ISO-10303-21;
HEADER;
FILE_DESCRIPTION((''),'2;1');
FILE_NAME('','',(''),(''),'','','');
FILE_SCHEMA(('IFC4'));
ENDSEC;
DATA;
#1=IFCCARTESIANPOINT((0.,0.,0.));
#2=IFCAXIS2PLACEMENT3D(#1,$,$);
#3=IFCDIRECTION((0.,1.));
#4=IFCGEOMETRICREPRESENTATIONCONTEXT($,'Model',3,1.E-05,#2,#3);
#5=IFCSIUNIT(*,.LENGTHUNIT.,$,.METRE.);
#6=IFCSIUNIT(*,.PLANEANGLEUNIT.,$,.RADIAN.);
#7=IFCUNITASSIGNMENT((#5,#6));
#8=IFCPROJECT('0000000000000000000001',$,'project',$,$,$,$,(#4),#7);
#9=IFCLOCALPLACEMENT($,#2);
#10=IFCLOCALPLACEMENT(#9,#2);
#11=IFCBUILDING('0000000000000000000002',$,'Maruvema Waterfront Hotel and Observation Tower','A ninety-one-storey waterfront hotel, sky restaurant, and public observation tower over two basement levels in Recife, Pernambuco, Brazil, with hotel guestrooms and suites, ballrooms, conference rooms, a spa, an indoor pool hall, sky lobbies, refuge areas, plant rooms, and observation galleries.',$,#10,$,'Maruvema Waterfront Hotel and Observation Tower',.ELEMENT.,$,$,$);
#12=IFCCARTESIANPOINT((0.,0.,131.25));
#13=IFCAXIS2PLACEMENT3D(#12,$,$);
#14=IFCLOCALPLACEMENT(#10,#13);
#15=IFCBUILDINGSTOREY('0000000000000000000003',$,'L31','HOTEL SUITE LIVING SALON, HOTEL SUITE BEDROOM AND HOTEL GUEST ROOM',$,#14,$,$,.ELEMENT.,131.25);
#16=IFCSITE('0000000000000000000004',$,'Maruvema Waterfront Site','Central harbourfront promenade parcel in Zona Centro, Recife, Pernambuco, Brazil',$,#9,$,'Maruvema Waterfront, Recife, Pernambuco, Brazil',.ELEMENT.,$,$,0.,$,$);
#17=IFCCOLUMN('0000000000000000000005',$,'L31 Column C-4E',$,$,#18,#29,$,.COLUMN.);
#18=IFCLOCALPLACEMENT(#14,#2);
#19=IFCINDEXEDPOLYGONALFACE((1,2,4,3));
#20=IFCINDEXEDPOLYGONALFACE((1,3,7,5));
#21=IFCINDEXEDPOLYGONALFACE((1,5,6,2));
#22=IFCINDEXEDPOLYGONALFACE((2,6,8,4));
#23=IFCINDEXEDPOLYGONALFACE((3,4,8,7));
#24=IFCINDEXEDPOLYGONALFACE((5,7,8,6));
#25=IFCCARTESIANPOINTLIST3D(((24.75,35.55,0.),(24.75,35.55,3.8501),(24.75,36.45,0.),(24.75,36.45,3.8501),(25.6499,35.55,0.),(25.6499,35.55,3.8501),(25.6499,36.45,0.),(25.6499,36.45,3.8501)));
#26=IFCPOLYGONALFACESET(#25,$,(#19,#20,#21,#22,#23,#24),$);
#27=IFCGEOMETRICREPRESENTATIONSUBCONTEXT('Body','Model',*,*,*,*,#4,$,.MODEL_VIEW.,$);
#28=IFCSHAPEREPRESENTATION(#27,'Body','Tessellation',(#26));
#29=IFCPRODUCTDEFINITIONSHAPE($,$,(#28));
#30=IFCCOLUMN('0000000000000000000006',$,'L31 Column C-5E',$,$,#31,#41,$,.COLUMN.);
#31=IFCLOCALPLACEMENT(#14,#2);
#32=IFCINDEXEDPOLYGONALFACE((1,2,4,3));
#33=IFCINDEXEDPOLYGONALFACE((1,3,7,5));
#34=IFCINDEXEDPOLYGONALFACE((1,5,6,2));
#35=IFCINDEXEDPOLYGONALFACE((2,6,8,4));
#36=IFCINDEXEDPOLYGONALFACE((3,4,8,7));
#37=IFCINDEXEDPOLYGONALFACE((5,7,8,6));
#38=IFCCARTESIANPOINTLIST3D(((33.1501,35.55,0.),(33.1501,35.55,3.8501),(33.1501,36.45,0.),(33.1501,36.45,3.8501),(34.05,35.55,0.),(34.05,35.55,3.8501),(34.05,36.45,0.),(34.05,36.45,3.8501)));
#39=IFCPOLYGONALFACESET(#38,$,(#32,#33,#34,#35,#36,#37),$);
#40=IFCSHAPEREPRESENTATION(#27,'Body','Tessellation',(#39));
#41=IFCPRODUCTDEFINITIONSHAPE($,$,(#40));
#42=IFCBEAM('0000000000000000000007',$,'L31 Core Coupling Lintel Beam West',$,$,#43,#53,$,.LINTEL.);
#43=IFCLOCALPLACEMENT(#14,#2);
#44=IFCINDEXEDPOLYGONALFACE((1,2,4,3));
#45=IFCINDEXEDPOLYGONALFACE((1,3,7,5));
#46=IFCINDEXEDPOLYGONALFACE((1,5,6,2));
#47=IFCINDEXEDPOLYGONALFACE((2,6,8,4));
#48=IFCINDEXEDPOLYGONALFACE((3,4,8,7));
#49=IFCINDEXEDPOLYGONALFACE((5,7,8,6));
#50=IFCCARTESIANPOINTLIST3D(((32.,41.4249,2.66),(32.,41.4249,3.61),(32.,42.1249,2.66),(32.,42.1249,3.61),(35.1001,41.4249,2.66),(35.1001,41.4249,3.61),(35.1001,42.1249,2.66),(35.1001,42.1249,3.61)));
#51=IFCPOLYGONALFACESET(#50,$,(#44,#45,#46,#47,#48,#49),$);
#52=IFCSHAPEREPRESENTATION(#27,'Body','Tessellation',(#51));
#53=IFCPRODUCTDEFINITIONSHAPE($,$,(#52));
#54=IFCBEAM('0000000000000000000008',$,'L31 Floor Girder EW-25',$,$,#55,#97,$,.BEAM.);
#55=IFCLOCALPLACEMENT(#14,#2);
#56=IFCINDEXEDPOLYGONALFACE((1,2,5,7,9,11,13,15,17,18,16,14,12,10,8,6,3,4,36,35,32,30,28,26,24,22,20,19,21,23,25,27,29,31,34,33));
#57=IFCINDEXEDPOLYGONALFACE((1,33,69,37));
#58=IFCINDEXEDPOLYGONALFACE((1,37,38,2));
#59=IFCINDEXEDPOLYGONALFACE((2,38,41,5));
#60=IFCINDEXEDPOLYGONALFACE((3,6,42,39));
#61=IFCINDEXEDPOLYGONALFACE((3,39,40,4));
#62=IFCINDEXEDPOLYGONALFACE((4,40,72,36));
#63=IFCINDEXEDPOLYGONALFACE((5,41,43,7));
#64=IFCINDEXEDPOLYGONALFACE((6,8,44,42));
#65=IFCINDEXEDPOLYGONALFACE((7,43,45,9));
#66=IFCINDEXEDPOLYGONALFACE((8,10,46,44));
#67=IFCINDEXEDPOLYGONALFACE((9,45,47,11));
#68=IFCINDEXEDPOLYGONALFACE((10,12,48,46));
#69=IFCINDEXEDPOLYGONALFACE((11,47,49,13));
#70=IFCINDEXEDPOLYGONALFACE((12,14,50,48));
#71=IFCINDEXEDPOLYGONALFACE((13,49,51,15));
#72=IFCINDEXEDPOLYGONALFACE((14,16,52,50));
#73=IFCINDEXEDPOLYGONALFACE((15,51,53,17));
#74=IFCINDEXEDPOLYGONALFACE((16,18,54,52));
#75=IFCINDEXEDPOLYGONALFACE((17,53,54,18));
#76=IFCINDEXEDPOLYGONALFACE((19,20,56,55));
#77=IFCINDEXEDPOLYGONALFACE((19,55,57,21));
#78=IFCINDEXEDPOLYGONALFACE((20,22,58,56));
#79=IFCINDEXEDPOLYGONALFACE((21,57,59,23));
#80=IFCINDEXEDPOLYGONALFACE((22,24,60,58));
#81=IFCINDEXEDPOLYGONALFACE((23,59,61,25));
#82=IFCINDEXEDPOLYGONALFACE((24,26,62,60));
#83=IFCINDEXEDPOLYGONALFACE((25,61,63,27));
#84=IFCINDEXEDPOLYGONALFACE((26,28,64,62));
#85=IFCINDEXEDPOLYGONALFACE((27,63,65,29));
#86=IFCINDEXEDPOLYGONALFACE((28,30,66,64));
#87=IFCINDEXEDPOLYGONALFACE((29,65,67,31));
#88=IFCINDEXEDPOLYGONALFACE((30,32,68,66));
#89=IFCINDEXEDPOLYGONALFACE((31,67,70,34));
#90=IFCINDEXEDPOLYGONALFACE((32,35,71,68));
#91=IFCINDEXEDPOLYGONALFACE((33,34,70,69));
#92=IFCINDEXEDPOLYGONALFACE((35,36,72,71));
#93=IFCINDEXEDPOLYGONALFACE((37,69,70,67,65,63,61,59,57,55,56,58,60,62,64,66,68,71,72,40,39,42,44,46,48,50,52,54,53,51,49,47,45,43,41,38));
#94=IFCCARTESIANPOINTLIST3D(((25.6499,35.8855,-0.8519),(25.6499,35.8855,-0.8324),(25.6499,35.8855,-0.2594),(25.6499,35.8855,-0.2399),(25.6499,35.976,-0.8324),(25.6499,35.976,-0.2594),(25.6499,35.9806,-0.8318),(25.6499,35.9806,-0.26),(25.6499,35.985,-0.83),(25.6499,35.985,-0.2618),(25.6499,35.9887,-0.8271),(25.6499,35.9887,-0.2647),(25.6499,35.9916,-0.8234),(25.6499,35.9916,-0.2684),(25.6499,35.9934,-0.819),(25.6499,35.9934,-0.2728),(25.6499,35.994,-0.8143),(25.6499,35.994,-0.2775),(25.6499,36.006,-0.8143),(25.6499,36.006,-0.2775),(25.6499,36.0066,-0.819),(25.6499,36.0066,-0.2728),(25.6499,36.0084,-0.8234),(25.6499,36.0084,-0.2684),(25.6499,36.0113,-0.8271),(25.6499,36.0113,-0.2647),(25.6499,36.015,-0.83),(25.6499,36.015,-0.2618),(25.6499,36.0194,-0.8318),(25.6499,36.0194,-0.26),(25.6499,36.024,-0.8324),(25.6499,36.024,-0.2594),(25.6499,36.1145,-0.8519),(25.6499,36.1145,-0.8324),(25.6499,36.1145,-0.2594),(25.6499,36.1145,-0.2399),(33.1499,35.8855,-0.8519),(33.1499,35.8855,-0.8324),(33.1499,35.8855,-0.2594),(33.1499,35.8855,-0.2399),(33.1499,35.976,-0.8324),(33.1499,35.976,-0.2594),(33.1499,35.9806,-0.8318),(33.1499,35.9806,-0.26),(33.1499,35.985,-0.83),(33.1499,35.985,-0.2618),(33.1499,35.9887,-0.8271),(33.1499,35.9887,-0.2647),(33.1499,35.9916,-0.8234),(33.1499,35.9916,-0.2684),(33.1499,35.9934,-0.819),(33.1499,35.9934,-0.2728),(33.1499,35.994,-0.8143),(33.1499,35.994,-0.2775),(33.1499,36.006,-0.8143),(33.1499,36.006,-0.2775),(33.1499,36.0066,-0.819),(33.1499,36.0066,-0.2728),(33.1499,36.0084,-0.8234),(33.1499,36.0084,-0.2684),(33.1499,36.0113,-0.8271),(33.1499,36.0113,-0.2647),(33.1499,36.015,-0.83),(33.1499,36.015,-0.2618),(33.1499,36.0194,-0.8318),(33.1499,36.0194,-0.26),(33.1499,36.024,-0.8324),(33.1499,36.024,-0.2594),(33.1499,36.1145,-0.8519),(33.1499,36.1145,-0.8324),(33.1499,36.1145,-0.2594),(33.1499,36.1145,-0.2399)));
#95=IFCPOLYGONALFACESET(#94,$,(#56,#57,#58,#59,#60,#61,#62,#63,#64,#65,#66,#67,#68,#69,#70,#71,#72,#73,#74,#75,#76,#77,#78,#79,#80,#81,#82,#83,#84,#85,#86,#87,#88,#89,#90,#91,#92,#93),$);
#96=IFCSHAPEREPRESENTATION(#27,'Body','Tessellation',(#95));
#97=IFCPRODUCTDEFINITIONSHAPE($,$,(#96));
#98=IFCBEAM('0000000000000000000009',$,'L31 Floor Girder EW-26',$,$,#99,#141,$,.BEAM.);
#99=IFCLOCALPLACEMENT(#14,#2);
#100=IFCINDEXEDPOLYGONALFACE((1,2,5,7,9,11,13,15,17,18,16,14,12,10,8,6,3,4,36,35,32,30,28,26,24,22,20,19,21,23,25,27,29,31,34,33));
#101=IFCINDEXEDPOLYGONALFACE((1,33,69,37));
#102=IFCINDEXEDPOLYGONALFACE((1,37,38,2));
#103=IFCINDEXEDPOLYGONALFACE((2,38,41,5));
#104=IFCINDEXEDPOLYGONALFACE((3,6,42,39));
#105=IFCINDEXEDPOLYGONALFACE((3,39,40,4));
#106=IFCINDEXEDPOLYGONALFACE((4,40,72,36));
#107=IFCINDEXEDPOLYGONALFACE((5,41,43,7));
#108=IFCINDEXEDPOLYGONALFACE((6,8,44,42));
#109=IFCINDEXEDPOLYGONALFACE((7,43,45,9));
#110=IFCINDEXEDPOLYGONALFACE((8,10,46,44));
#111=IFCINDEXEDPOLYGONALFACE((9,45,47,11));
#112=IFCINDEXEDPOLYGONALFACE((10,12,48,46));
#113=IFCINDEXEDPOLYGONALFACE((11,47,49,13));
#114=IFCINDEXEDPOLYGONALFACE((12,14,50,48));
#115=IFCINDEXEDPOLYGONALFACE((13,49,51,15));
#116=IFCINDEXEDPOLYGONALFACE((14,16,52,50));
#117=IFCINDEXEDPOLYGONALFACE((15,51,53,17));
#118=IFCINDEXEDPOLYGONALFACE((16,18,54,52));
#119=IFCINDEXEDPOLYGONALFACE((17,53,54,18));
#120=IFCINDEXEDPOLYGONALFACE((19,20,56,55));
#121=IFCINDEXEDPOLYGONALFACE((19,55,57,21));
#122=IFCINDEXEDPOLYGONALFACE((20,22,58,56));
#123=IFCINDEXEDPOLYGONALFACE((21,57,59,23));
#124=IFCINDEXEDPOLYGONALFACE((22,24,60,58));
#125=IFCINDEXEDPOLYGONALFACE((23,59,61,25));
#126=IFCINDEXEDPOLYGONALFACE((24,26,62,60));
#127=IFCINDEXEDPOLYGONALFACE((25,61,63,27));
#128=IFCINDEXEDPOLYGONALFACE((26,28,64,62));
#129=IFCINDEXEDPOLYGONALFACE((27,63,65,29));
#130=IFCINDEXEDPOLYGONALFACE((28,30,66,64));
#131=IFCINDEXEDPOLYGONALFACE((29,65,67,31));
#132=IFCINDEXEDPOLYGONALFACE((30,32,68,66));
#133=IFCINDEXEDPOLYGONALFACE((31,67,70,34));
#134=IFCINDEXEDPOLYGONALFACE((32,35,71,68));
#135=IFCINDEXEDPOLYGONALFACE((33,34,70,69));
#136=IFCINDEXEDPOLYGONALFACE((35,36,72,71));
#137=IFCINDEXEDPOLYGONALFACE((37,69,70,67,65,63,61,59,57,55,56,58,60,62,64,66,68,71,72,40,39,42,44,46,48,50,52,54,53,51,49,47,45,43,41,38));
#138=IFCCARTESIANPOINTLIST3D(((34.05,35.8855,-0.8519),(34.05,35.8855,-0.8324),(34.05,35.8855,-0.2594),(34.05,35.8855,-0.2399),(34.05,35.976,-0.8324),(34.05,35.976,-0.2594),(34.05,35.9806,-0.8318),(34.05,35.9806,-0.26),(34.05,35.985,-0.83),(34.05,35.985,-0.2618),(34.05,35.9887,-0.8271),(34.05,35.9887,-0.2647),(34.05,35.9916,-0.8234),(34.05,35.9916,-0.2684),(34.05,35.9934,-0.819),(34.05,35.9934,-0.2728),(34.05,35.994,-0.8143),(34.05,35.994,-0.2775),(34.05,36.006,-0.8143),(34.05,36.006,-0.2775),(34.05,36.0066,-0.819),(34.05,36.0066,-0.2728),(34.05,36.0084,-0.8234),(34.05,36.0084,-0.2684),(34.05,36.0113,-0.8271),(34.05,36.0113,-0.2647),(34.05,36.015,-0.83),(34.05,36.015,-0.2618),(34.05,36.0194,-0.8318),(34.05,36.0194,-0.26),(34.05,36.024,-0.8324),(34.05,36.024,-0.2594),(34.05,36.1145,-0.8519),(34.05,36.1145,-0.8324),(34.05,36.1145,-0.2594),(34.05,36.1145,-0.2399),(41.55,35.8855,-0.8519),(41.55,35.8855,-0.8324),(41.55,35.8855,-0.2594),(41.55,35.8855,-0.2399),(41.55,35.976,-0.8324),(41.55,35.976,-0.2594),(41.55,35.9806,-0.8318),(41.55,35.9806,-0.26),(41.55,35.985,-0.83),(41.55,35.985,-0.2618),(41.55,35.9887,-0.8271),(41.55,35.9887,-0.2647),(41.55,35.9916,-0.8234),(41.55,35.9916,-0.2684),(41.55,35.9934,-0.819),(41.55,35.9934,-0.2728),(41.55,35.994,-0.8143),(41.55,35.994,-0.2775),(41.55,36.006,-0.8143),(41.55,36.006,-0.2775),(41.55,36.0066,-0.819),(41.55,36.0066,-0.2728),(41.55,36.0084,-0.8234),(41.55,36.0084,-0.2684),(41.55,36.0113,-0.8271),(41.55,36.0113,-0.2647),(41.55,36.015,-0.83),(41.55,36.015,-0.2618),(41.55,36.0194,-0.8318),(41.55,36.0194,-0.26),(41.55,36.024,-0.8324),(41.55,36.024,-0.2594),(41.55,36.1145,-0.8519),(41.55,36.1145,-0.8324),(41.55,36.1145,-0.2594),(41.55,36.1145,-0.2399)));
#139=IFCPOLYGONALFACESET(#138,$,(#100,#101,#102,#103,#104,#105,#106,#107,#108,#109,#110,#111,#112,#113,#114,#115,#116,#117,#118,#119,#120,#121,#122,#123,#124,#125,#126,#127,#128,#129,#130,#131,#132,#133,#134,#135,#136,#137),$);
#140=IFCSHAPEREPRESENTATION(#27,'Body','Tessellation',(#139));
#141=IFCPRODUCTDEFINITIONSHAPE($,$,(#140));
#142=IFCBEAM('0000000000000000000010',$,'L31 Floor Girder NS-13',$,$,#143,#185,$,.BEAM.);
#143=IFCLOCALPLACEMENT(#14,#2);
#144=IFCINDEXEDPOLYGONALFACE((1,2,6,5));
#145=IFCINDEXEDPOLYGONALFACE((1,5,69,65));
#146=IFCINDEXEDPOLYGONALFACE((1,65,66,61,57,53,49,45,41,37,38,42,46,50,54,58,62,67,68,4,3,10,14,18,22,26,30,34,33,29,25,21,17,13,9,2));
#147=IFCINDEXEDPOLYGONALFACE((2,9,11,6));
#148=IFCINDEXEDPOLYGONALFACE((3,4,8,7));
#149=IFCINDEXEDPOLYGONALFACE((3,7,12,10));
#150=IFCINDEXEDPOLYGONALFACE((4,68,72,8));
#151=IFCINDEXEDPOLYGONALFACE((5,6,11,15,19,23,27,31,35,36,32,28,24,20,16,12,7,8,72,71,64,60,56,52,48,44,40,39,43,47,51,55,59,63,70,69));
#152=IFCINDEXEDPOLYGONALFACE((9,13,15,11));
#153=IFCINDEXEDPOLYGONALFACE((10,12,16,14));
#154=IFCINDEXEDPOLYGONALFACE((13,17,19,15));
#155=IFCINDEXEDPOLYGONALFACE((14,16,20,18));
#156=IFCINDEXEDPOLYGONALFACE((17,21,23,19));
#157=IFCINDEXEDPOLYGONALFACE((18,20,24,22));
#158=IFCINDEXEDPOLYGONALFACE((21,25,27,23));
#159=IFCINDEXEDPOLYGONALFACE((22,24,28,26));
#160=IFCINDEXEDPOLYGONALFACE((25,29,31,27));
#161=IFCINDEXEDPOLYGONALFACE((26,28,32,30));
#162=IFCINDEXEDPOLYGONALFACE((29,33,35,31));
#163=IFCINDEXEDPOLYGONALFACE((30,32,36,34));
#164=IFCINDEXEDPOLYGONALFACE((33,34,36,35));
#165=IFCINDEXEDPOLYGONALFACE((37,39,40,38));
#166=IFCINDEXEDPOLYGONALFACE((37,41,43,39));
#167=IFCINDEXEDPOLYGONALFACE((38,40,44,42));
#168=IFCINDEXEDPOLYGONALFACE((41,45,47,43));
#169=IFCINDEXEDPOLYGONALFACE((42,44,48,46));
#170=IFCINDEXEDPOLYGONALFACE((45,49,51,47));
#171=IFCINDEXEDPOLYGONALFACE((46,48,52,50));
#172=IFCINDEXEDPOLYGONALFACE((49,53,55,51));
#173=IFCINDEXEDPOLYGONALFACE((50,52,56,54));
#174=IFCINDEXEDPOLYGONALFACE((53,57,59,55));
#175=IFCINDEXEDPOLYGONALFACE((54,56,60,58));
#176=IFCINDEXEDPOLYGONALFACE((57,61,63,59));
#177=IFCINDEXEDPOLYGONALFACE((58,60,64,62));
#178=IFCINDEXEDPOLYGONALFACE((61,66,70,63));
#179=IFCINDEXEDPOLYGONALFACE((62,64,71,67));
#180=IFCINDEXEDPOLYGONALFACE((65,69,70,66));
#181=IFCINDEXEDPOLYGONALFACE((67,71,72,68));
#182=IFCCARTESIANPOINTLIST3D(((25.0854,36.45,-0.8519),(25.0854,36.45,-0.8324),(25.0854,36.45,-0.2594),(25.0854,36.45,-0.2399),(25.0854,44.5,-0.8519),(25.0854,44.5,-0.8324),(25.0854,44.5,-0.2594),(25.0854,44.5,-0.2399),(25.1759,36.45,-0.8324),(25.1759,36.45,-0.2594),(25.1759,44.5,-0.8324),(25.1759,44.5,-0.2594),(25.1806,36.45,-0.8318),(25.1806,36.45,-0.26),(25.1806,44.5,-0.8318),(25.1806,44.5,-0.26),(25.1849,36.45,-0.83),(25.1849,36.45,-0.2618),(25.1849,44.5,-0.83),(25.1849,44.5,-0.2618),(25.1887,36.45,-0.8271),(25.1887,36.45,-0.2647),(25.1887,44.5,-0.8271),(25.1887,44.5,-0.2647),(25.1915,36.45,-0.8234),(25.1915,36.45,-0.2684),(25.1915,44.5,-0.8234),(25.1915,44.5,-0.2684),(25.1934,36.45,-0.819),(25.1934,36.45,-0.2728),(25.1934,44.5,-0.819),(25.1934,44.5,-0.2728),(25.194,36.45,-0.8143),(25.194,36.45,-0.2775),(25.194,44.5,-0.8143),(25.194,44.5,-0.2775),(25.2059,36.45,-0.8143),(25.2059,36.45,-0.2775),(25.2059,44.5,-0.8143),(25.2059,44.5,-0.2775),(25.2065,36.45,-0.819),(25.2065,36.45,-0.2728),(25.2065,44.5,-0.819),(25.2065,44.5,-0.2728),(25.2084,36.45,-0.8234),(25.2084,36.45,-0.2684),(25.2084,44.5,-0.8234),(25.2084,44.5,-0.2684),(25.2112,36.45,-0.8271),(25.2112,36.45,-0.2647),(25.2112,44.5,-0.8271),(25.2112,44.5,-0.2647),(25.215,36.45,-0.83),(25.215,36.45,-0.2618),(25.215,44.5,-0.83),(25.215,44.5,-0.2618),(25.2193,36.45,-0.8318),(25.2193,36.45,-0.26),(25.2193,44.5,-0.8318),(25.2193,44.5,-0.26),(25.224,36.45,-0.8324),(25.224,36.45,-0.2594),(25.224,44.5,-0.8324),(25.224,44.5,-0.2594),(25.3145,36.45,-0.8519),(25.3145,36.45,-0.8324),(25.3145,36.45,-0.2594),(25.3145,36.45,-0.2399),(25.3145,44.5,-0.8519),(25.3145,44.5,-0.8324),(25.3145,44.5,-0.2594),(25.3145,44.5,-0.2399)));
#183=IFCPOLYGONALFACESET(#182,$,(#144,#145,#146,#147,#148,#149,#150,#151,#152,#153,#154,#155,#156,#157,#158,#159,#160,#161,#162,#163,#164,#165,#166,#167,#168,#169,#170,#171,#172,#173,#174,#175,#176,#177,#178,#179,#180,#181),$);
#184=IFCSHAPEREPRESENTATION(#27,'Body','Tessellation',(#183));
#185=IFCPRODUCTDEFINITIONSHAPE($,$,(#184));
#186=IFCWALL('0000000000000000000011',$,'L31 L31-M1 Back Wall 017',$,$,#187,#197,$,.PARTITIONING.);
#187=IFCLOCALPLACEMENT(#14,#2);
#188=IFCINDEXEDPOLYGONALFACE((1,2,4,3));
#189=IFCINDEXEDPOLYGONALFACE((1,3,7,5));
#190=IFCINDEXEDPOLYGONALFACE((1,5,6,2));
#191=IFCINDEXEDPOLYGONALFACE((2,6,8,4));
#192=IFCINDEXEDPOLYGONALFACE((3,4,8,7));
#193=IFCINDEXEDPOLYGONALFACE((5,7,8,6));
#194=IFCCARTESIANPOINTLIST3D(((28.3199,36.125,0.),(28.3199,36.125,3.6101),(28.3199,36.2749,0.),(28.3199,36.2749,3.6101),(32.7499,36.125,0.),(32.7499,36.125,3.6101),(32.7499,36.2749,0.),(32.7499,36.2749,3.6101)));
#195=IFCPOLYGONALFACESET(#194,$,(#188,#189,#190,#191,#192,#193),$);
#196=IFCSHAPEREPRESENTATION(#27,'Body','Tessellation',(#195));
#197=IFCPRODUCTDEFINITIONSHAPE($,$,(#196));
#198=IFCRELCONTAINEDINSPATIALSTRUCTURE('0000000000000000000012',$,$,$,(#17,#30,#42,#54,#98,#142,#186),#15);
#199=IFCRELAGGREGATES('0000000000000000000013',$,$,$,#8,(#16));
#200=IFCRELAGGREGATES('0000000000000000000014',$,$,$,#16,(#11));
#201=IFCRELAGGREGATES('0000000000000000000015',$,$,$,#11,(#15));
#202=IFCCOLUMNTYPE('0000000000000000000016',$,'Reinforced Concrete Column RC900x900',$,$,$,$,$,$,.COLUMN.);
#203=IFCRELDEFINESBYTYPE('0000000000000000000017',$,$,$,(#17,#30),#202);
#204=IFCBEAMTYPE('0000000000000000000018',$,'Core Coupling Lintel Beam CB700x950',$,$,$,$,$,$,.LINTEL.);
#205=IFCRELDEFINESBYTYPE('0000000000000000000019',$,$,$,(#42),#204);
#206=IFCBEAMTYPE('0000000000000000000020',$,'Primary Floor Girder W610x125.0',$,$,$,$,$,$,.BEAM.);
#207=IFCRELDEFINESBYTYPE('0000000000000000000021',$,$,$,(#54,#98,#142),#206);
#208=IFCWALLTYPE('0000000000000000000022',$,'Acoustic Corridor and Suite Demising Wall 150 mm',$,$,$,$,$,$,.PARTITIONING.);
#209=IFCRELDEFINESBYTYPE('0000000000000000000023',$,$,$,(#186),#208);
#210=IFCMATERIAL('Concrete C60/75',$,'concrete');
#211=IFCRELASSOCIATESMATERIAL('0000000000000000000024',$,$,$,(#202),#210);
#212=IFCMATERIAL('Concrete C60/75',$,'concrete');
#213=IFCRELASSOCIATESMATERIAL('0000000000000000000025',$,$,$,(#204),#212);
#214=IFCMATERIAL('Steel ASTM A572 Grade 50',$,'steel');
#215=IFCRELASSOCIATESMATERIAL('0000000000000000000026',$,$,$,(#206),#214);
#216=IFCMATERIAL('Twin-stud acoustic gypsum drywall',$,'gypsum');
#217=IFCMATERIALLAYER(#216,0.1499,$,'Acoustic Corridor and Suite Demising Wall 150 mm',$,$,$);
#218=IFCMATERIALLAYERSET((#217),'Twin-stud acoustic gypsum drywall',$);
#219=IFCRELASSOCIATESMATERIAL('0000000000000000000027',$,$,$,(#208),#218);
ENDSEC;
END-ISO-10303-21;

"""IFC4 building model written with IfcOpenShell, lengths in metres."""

from ifc_helpers import new_model, si_unit, direction, frame, frame_2d, origin, origin_2d, place, context, subcontext, project, spatial, rectangle, i_section, extrude, material, layer, layer_set, material_profile, profile_set, type_object, element, save


model = new_model("IFC4")

# Units and contexts
model_context = context("Model", 3, precision=1e-05, world=origin(), true_north=direction((0.0, 1.0)))
body_context = subcontext(model_context, "Body", "Model", "MODEL_VIEW")
ifc_project = project(units=[si_unit("LENGTHUNIT", "METRE"), si_unit("PLANEANGLEUNIT", "RADIAN")], contexts=[model_context])

# Site, building, storey
site_placement = place(None, origin())
site = spatial("IfcSite", under=ifc_project, at=site_placement, Name="Maruvema Waterfront Site", Description="Central harbourfront promenade parcel in Zona Centro, Recife, Pernambuco, Brazil", LongName="Maruvema Waterfront, Recife, Pernambuco, Brazil", CompositionType="ELEMENT", RefElevation=0.0)
building_placement = place(site_placement, origin())
building = spatial("IfcBuilding", under=site, at=building_placement, Name="Maruvema Waterfront Hotel and Observation Tower", Description="A ninety-one-storey waterfront hotel, sky restaurant, and public observation tower over two basement levels in Recife, Pernambuco, Brazil, with hotel guestrooms and suites, ballrooms, conference rooms, a spa, an indoor pool hall, sky lobbies, refuge areas, plant rooms, and observation galleries.", LongName="Maruvema Waterfront Hotel and Observation Tower", CompositionType="ELEMENT")
storey_placement = place(building_placement, frame((0.0, 0.0, 131.25)))
storey = spatial("IfcBuildingStorey", under=building, at=storey_placement, Name="L31", Description="HOTEL SUITE LIVING SALON, HOTEL SUITE BEDROOM AND HOTEL GUEST ROOM", CompositionType="ELEMENT", Elevation=131.25)

# Columns
ifc_material_1 = material(Name="Concrete C60/75", Category="concrete")
ifc_material_profile_1 = material_profile(ifc_material_1, rectangle(XDim=0.8999, YDim=0.8999, at=origin_2d()), Name="RC900x900")
ifc_profile_set_1 = profile_set([ifc_material_profile_1], Name="Concrete C60/75")
column_type = type_object("IfcColumnType", Name="Reinforced Concrete Column RC900x900", PredefinedType="COLUMN", material=ifc_profile_set_1)
for number, where, z_axis, x_axis, name in (
    (1, (25.2, 36.0, 0.0), (0.0, 0.0, 1.0), (1.0, 0.0, 0.0), "L31 Column C-4E"),
    (2, (33.6001, 36.0, 0.0), (0.0, 0.0, 1.0), (1.0, 0.0, 0.0), "L31 Column C-5E"),
):
    element("IfcColumn", number, at=place(storey_placement, frame(where, z_axis=z_axis, x_axis=x_axis)), inside=storey, type_object=column_type, Name=name, PredefinedType="COLUMN", context=body_context, shape_type="SweptSolid", body=[
        extrude(rectangle(XDim=0.8999, YDim=0.8999, at=origin_2d()), origin(), (0.0, 0.0, 1.0), 3.8501),
    ])

# Beams
ifc_material_2 = material(Name="Concrete C60/75", Category="concrete")
ifc_material_profile_2 = material_profile(ifc_material_2, rectangle(XDim=0.7, YDim=0.95, at=origin_2d()), Name="CB700x950")
ifc_profile_set_2 = profile_set([ifc_material_profile_2], Name="Concrete C60/75")
beam_type_1 = type_object("IfcBeamType", Name="Core Coupling Lintel Beam CB700x950", PredefinedType="LINTEL", material=ifc_profile_set_2)
beam_1_placement = place(storey_placement, frame((32.0, 41.7749, 3.135), z_axis=(1.0, 0.0, 0.0), x_axis=(0.0, 1.0, 0.0)))
element("IfcBeam", 3, at=beam_1_placement, inside=storey, type_object=beam_type_1, Name="L31 Core Coupling Lintel Beam West", PredefinedType="LINTEL", context=body_context, shape_type="SweptSolid", body=[
    extrude(rectangle(XDim=0.7, YDim=0.95, at=origin_2d()), origin(), (0.0, 0.0, 1.0), 3.1001),
])
ifc_material_3 = material(Name="Steel ASTM A572 Grade 50", Category="steel")
ifc_material_profile_3 = material_profile(ifc_material_3, i_section(OverallWidth=0.229, OverallDepth=0.6121, WebThickness=0.012, FlangeThickness=0.0195, FilletRadius=0.0181, at=origin_2d()), Name="W610x125.0")
ifc_profile_set_3 = profile_set([ifc_material_profile_3], Name="Steel ASTM A572 Grade 50")
beam_type_2 = type_object("IfcBeamType", Name="Primary Floor Girder W610x125.0", PredefinedType="BEAM", material=ifc_profile_set_3)
for number, where, z_axis, x_axis, name in (
    (4, (25.6499, 36.0, -0.5459), (1.0, 0.0, 0.0), (0.0, 1.0, 0.0), "L31 Floor Girder EW-25"),
    (5, (34.05, 36.0, -0.5459), (1.0, 0.0, 0.0), (0.0, 1.0, 0.0), "L31 Floor Girder EW-26"),
):
    element("IfcBeam", number, at=place(storey_placement, frame(where, z_axis=z_axis, x_axis=x_axis)), inside=storey, type_object=beam_type_2, Name=name, PredefinedType="BEAM", context=body_context, shape_type="SweptSolid", body=[
        extrude(i_section(OverallWidth=0.229, OverallDepth=0.6121, WebThickness=0.012, FlangeThickness=0.0195, FilletRadius=0.0181, at=origin_2d()), origin(), (0.0, 0.0, 1.0), 7.5),
    ])
beam_2_placement = place(storey_placement, frame((25.2, 36.45, -0.5459), z_axis=(0.0, 1.0, 0.0), x_axis=(-1.0, 0.0, 0.0)))
element("IfcBeam", 6, at=beam_2_placement, inside=storey, type_object=beam_type_2, Name="L31 Floor Girder NS-13", PredefinedType="BEAM", context=body_context, shape_type="SweptSolid", body=[
    extrude(i_section(OverallWidth=0.229, OverallDepth=0.6121, WebThickness=0.012, FlangeThickness=0.0195, FilletRadius=0.0181, at=origin_2d()), origin(), (0.0, 0.0, 1.0), 8.05),
])

# Wall
ifc_material_4 = material(Name="Twin-stud acoustic gypsum drywall", Category="gypsum")
ifc_layer_1 = layer(ifc_material_4, 0.1499, Name="Acoustic Corridor and Suite Demising Wall 150 mm")
ifc_layer_set_1 = layer_set([ifc_layer_1], Name="Twin-stud acoustic gypsum drywall")
wall_type_1 = type_object("IfcWallType", Name="Acoustic Corridor and Suite Demising Wall 150 mm", PredefinedType="PARTITIONING", material=ifc_layer_set_1)
wall_1_placement = place(storey_placement, frame((28.3201, 36.2, 0.0), z_axis=(0.0, 0.0, 1.0), x_axis=(1.0, 0.0, 0.0)))
element("IfcWall", 7, at=wall_1_placement, inside=storey, type_object=wall_type_1, Name="L31 L31-M1 Back Wall 017", PredefinedType="PARTITIONING", context=body_context, shape_type="SweptSolid", body=[
    extrude(rectangle(XDim=4.4299, YDim=0.1499, at=frame_2d((2.2148, 0.0))), origin(), (0.0, 0.0, 1.0), 3.6101),
])

save(model, "model.ifc")
